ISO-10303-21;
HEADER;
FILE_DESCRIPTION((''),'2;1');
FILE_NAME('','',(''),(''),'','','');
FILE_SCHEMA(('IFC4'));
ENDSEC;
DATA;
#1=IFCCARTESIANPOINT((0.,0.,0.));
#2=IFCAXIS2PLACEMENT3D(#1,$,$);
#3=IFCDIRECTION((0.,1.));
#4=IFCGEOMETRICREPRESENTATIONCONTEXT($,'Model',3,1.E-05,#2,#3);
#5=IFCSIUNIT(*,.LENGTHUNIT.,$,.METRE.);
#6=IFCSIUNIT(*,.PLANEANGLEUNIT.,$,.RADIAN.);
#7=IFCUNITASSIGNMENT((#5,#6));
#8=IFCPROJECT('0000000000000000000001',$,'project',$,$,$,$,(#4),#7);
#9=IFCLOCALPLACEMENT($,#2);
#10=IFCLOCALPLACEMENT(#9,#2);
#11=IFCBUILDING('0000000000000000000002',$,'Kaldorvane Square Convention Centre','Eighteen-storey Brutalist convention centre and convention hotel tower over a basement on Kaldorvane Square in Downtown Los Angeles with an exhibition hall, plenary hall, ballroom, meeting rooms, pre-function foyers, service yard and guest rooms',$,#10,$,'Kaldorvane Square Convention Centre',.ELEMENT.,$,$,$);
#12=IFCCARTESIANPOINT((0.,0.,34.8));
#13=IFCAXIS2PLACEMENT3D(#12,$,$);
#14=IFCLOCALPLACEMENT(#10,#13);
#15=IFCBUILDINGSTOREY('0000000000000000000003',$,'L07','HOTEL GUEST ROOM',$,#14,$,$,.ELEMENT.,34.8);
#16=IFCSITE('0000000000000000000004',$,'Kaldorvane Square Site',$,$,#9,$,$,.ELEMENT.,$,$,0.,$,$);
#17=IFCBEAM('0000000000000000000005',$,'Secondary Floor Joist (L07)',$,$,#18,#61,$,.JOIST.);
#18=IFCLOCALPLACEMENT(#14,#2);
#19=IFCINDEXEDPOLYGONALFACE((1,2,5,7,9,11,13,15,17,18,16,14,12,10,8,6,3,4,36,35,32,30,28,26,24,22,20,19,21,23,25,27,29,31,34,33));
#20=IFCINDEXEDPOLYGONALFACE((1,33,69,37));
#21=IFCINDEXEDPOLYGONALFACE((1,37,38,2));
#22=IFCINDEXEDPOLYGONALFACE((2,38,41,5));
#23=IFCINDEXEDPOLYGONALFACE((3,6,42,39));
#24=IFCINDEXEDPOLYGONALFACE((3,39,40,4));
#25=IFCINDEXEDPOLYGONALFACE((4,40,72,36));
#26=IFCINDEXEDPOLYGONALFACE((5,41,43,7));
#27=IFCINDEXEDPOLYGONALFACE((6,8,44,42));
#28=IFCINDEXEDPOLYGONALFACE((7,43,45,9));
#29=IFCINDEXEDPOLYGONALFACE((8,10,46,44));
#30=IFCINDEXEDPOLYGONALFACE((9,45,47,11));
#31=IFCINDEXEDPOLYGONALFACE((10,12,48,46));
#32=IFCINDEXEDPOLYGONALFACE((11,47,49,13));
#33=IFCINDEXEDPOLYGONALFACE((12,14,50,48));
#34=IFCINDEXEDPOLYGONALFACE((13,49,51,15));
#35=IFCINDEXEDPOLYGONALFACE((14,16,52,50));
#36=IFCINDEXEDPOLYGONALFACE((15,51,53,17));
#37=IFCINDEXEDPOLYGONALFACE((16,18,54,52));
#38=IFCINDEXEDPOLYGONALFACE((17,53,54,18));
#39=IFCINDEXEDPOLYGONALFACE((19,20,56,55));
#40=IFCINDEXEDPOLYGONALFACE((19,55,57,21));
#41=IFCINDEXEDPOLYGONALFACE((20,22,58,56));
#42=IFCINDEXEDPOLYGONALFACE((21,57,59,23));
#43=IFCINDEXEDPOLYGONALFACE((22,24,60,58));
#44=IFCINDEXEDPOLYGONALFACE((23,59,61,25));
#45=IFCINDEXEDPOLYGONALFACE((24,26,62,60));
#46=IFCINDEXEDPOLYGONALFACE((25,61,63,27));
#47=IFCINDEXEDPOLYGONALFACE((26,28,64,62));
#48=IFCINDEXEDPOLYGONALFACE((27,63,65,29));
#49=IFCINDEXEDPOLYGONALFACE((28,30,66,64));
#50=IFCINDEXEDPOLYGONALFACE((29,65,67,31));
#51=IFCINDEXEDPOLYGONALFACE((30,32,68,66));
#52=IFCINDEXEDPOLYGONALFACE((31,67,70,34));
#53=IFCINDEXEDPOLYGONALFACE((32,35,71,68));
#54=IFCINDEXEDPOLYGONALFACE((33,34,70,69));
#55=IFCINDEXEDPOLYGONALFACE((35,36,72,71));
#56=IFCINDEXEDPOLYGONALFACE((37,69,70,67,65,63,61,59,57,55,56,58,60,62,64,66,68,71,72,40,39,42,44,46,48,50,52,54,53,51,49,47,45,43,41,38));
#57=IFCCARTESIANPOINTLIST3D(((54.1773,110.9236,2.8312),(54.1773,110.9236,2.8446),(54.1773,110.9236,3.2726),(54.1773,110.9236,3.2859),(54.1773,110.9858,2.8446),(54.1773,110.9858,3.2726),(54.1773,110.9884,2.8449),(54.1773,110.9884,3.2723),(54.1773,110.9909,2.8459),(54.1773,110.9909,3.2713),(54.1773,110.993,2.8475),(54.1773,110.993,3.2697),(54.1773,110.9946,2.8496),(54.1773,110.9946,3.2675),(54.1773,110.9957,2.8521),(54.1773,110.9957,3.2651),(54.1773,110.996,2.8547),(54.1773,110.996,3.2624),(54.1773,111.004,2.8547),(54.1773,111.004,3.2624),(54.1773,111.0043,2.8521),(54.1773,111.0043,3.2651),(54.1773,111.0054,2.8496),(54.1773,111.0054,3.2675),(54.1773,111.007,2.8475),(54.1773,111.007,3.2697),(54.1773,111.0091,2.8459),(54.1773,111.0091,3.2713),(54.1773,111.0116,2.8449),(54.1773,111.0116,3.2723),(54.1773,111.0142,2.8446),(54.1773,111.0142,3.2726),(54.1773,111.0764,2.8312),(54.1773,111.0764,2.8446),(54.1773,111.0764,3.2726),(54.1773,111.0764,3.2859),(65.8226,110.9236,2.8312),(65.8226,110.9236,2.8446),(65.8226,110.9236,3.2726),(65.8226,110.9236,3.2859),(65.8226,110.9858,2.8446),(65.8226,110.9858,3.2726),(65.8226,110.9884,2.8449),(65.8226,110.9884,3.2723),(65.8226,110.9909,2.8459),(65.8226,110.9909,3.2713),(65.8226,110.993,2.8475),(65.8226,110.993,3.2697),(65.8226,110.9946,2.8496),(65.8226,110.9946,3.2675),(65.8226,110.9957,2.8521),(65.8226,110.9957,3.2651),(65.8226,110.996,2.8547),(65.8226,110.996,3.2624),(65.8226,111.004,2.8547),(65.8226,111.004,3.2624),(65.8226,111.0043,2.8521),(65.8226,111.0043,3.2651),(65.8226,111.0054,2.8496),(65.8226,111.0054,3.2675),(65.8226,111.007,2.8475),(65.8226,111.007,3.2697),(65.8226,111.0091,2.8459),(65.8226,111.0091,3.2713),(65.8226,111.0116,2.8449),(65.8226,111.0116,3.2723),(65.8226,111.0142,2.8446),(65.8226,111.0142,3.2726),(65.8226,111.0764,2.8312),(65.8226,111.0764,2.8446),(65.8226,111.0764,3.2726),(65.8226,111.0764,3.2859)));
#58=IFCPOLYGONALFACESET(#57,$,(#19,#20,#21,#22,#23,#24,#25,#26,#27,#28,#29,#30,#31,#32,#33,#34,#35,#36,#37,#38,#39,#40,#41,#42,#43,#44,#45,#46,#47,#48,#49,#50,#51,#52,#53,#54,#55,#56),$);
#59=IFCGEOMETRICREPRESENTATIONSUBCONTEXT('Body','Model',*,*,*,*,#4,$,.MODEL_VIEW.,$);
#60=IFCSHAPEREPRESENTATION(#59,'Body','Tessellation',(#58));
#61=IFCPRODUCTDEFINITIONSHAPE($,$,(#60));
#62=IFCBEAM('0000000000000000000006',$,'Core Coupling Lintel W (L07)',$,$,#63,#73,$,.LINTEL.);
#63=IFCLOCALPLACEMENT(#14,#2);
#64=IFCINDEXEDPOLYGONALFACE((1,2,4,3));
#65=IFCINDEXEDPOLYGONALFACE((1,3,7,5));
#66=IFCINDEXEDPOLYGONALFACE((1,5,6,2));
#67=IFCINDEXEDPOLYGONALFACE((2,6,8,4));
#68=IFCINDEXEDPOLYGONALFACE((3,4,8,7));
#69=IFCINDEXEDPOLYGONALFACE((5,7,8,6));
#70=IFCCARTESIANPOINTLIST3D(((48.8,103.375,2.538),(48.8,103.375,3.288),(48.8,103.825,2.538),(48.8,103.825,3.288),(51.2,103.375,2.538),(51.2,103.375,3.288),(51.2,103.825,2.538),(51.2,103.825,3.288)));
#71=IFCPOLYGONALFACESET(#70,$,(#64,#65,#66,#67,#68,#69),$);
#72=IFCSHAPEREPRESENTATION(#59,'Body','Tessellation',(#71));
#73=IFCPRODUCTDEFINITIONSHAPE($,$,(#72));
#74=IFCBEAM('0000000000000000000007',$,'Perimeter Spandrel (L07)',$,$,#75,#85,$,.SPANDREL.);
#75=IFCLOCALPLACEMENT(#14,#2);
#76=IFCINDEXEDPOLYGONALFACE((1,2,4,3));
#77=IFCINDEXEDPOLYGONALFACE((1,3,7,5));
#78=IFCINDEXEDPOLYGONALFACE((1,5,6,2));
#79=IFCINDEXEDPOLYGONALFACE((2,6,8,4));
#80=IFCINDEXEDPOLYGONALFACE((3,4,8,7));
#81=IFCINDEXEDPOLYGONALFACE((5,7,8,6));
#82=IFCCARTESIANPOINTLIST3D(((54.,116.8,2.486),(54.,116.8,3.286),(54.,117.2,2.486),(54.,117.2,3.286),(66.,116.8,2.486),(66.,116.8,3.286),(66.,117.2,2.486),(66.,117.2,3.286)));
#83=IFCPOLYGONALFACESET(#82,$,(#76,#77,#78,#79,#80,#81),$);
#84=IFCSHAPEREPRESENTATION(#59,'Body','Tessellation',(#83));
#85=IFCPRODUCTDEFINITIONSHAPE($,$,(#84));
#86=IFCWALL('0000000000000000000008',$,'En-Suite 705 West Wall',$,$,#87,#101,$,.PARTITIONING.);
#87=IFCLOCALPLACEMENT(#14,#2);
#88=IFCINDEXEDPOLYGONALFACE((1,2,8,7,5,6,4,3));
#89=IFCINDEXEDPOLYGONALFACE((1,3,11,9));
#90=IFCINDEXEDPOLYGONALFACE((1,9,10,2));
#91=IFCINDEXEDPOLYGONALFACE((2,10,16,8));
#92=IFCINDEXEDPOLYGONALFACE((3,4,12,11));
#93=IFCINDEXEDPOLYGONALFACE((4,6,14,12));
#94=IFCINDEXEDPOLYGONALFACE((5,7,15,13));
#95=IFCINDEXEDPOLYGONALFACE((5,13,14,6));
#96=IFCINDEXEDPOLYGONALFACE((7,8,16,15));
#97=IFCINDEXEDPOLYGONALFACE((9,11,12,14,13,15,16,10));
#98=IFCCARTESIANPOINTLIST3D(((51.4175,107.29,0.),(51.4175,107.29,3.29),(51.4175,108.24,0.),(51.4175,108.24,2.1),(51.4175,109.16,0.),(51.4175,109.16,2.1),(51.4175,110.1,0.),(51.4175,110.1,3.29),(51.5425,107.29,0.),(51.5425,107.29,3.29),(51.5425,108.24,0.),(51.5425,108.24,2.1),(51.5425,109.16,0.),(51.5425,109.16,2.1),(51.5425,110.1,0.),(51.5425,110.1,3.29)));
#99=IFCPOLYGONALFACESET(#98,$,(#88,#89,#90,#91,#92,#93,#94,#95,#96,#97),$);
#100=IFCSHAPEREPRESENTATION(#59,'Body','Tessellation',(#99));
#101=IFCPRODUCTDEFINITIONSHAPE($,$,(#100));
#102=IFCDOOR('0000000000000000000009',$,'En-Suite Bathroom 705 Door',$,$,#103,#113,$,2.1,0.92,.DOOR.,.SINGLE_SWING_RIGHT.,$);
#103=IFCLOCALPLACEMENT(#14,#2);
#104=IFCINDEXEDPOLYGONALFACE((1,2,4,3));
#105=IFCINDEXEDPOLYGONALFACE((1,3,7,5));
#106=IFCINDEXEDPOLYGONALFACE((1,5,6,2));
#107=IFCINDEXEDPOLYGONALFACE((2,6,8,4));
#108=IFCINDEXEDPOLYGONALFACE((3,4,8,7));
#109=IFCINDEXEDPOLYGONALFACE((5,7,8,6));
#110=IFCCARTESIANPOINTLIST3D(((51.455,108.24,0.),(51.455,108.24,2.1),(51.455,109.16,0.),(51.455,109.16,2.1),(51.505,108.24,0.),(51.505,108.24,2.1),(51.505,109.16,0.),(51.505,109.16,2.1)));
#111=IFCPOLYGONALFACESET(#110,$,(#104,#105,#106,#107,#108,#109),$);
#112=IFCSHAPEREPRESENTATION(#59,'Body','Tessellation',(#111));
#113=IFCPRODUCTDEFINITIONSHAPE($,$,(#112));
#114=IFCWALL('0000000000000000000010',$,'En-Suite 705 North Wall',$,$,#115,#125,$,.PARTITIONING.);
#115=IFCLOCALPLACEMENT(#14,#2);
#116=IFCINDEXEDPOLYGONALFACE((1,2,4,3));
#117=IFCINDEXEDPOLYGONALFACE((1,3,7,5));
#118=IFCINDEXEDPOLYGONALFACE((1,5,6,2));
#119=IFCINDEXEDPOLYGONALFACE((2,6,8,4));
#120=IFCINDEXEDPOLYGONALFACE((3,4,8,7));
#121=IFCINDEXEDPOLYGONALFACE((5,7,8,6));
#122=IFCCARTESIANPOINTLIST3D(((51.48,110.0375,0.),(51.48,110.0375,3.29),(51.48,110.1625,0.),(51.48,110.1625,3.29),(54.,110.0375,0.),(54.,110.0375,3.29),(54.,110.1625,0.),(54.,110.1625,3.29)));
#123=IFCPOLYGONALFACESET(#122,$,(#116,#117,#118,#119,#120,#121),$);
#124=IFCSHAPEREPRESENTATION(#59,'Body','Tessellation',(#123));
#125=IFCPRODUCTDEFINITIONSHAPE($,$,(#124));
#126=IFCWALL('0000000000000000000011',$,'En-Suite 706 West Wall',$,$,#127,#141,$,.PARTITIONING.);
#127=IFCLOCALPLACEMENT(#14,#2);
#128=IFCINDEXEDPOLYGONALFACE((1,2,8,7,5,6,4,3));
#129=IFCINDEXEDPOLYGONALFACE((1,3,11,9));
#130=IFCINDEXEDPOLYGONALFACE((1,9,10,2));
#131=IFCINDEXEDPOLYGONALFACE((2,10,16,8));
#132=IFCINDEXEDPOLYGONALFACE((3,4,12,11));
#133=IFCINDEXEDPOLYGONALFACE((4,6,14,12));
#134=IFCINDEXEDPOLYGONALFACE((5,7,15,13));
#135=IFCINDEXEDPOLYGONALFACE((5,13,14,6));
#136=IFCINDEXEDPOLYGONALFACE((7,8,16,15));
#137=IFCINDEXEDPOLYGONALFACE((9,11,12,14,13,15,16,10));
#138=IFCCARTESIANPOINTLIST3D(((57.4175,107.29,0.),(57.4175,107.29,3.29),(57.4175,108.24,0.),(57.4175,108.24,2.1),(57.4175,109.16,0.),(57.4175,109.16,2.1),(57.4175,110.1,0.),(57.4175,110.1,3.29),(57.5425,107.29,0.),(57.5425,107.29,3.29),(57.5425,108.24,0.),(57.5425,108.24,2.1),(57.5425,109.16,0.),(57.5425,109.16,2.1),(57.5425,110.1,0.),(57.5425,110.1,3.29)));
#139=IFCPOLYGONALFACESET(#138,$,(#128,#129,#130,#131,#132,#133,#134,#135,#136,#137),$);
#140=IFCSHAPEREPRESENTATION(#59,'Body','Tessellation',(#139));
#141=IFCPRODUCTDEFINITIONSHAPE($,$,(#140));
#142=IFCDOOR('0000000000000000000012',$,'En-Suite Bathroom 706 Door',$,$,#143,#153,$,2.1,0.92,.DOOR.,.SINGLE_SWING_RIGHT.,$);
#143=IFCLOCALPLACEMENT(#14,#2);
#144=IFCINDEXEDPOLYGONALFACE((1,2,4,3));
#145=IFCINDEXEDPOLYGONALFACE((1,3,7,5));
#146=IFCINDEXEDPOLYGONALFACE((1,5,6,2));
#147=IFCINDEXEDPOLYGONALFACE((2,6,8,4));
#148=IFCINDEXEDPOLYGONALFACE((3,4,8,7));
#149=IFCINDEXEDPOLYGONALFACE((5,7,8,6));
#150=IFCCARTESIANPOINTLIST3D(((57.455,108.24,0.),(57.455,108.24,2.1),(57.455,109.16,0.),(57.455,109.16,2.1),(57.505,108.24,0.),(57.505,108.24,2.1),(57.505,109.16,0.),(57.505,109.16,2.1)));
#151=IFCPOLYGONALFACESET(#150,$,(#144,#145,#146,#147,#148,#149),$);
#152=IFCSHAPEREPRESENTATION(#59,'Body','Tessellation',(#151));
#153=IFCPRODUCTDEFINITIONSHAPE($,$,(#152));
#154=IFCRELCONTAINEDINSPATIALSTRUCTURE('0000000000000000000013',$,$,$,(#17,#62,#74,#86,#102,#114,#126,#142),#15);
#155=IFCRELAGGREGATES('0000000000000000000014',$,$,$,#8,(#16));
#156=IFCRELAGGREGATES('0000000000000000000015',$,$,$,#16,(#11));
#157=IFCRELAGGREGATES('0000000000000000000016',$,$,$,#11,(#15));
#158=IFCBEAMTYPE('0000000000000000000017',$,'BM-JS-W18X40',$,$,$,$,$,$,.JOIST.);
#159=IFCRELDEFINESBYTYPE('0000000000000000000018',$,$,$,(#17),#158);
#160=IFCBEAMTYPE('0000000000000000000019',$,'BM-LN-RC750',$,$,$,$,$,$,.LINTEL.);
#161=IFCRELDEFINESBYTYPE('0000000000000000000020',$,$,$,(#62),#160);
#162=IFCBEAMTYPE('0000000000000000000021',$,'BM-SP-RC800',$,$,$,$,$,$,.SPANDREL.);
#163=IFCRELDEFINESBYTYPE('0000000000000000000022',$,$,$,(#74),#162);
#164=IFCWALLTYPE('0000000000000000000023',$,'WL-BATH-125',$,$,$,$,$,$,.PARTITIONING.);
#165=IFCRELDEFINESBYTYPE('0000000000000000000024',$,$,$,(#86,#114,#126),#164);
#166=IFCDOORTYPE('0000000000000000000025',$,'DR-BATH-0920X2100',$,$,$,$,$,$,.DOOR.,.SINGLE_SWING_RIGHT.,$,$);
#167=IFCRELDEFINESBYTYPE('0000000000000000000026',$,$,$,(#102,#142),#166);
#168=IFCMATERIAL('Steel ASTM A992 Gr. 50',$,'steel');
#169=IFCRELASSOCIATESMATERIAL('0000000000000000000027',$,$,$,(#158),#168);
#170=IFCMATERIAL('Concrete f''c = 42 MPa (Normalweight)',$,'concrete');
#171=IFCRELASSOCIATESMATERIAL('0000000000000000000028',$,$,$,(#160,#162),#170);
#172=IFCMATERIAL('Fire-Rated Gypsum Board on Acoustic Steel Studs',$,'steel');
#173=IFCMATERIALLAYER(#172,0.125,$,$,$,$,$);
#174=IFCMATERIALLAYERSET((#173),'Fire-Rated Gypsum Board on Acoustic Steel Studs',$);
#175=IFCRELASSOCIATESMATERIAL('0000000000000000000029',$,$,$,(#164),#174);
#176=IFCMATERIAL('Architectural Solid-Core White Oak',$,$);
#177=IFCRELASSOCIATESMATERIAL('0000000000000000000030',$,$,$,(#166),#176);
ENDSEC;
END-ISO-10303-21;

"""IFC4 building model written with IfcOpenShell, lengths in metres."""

from ifc_helpers import new_model, si_unit, direction, frame, frame_2d, origin, origin_2d, place, context, subcontext, project, spatial, rectangle, i_section, extrude, material, layer, layer_set, material_profile, profile_set, type_object, element, fill, save


model = new_model("IFC4")

# Units and contexts
model_context = context("Model", 3, precision=1e-05, world=origin(), true_north=direction((0.0, 1.0)))
body_context = subcontext(model_context, "Body", "Model", "MODEL_VIEW")
ifc_project = project(units=[si_unit("LENGTHUNIT", "METRE"), si_unit("PLANEANGLEUNIT", "RADIAN")], contexts=[model_context])

# Site, building, storey
site_placement = place(None, origin())
site = spatial("IfcSite", under=ifc_project, at=site_placement, Name="Kaldorvane Square Site", CompositionType="ELEMENT", RefElevation=0.0)
building_placement = place(site_placement, origin())
building = spatial("IfcBuilding", under=site, at=building_placement, Name="Kaldorvane Square Convention Centre", Description="Eighteen-storey Brutalist convention centre and convention hotel tower over a basement on Kaldorvane Square in Downtown Los Angeles with an exhibition hall, plenary hall, ballroom, meeting rooms, pre-function foyers, service yard and guest rooms", LongName="Kaldorvane Square Convention Centre", CompositionType="ELEMENT")
storey_placement = place(building_placement, frame((0.0, 0.0, 34.8)))
storey = spatial("IfcBuildingStorey", under=building, at=storey_placement, Name="L07", Description="HOTEL GUEST ROOM", CompositionType="ELEMENT", Elevation=34.8)

# Shared definitions
ifc_material_1 = material(Name="Steel ASTM A992 Gr. 50", Category="steel")

# Beams
ifc_material_profile_1 = material_profile(ifc_material_1, i_section(OverallWidth=0.1528, OverallDepth=0.4547, WebThickness=0.008, FlangeThickness=0.0133, FilletRadius=0.0102, at=origin_2d()), Name="W18X40")
ifc_profile_set_1 = profile_set([ifc_material_profile_1], Name="Steel ASTM A992 Gr. 50")
beam_type_1 = type_object("IfcBeamType", Name="BM-JS-W18X40", PredefinedType="JOIST", material=ifc_profile_set_1)
beam_1_placement = place(storey_placement, frame((54.1773, 111.0, 3.0586), z_axis=(1.0, 0.0, 0.0), x_axis=(0.0, 1.0, 0.0)))
element("IfcBeam", 1, at=beam_1_placement, inside=storey, type_object=beam_type_1, Name="Secondary Floor Joist (L07)", PredefinedType="JOIST", context=body_context, shape_type="SweptSolid", body=[
    extrude(i_section(OverallWidth=0.1528, OverallDepth=0.4547, WebThickness=0.008, FlangeThickness=0.0133, FilletRadius=0.0102, at=origin_2d()), origin(), (0.0, 0.0, 1.0), 11.6453),
])
ifc_material_2 = material(Name="Concrete f'c = 42 MPa (Normalweight)", Category="concrete")
ifc_material_profile_2 = material_profile(ifc_material_2, rectangle(XDim=0.45, YDim=0.75, at=origin_2d()), Name="RCLN750X450")
ifc_profile_set_2 = profile_set([ifc_material_profile_2], Name="Concrete f'c = 42 MPa (Normalweight)")
beam_type_2 = type_object("IfcBeamType", Name="BM-LN-RC750", PredefinedType="LINTEL", material=ifc_profile_set_2)
beam_2_placement = place(storey_placement, frame((48.8, 103.6, 2.913), z_axis=(1.0, 0.0, 0.0), x_axis=(0.0, 1.0, 0.0)))
element("IfcBeam", 2, at=beam_2_placement, inside=storey, type_object=beam_type_2, Name="Core Coupling Lintel W (L07)", PredefinedType="LINTEL", context=body_context, shape_type="SweptSolid", body=[
    extrude(rectangle(XDim=0.45, YDim=0.75, at=origin_2d()), origin(), (0.0, 0.0, 1.0), 2.4),
])
ifc_material_profile_3 = material_profile(ifc_material_2, rectangle(XDim=0.4, YDim=0.8, at=origin_2d()), Name="RCSP800X400")
ifc_profile_set_3 = profile_set([ifc_material_profile_3], Name="Concrete f'c = 42 MPa (Normalweight)")
beam_type_3 = type_object("IfcBeamType", Name="BM-SP-RC800", PredefinedType="SPANDREL", material=ifc_profile_set_3)
beam_3_placement = place(storey_placement, frame((54.0, 117.0, 2.886), z_axis=(1.0, 0.0, 0.0), x_axis=(0.0, 1.0, 0.0)))
element("IfcBeam", 3, at=beam_3_placement, inside=storey, type_object=beam_type_3, Name="Perimeter Spandrel (L07)", PredefinedType="SPANDREL", context=body_context, shape_type="SweptSolid", body=[
    extrude(rectangle(XDim=0.4, YDim=0.8, at=origin_2d()), origin(), (0.0, 0.0, 1.0), 12.0),
])

# Wall, opening, door
ifc_material_3 = material(Name="Fire-Rated Gypsum Board on Acoustic Steel Studs", Category="steel")
ifc_layer_1 = layer(ifc_material_3, 0.125)
ifc_layer_set_1 = layer_set([ifc_layer_1], Name="Fire-Rated Gypsum Board on Acoustic Steel Studs")
wall_type_1 = type_object("IfcWallType", Name="WL-BATH-125", PredefinedType="PARTITIONING", material=ifc_layer_set_1)
wall_1_placement = place(storey_placement, frame((51.48, 107.29, 0.0), z_axis=(0.0, 0.0, 1.0), x_axis=(0.0, 1.0, 0.0)))
wall_1 = element("IfcWall", 4, at=wall_1_placement, inside=storey, type_object=wall_type_1, Name="En-Suite 705 West Wall", PredefinedType="PARTITIONING", context=body_context, shape_type="SweptSolid", body=[
    extrude(rectangle(XDim=2.81, YDim=0.125, at=frame_2d((1.405, 0.0))), origin(), (0.0, 0.0, 1.0), 3.29),
])
opening_1_placement = place(wall_1_placement, frame((0.95, 0.0, 0.0)))
opening_1 = element("IfcOpeningElement", 5, at=opening_1_placement, cuts=wall_1, PredefinedType="OPENING", context=body_context, shape_type="SweptSolid", body=[
    extrude(rectangle(XDim=0.92, YDim=2.1, at=frame_2d((0.46, 1.05))), frame((0.0, 0.0775, 0.0), z_axis=(0.0, -1.0, 0.0), x_axis=(1.0, 0.0, 0.0)), (0.0, 0.0, 1.0), 0.155),
])
ifc_material_4 = material(Name="Architectural Solid-Core White Oak")
door_type_1 = type_object("IfcDoorType", Name="DR-BATH-0920X2100", OperationType="SINGLE_SWING_RIGHT", PredefinedType="DOOR", material=ifc_material_4)
door_1_placement = place(opening_1_placement, origin())
door_1 = element("IfcDoor", 6, at=door_1_placement, inside=storey, type_object=door_type_1, Name="En-Suite Bathroom 705 Door", OperationType="SINGLE_SWING_RIGHT", OverallHeight=2.1, OverallWidth=0.92, PredefinedType="DOOR", context=body_context, shape_type="SweptSolid", body=[
    extrude(rectangle(XDim=0.92, YDim=2.1, at=frame_2d((0.46, 1.05))), frame((0.0, 0.025, 0.0), z_axis=(0.0, -1.0, 0.0), x_axis=(1.0, 0.0, 0.0)), (0.0, 0.0, 1.0), 0.05),
])
fill(opening_1, door_1)

# Wall
wall_2_placement = place(storey_placement, frame((51.48, 110.1, 0.0), z_axis=(0.0, 0.0, 1.0), x_axis=(1.0, 0.0, 0.0)))
element("IfcWall", 7, at=wall_2_placement, inside=storey, type_object=wall_type_1, Name="En-Suite 705 North Wall", PredefinedType="PARTITIONING", context=body_context, shape_type="SweptSolid", body=[
    extrude(rectangle(XDim=2.52, YDim=0.125, at=frame_2d((1.26, 0.0))), origin(), (0.0, 0.0, 1.0), 3.29),
])

# Wall, opening, door
wall_3_placement = place(storey_placement, frame((57.48, 107.29, 0.0), z_axis=(0.0, 0.0, 1.0), x_axis=(0.0, 1.0, 0.0)))
wall_3 = element("IfcWall", 8, at=wall_3_placement, inside=storey, type_object=wall_type_1, Name="En-Suite 706 West Wall", PredefinedType="PARTITIONING", context=body_context, shape_type="SweptSolid", body=[
    extrude(rectangle(XDim=2.81, YDim=0.125, at=frame_2d((1.405, 0.0))), origin(), (0.0, 0.0, 1.0), 3.29),
])
opening_2_placement = place(wall_3_placement, frame((0.95, 0.0, 0.0)))
opening_2 = element("IfcOpeningElement", 9, at=opening_2_placement, cuts=wall_3, PredefinedType="OPENING", context=body_context, shape_type="SweptSolid", body=[
    extrude(rectangle(XDim=0.92, YDim=2.1, at=frame_2d((0.46, 1.05))), frame((0.0, 0.0775, 0.0), z_axis=(0.0, -1.0, 0.0), x_axis=(1.0, 0.0, 0.0)), (0.0, 0.0, 1.0), 0.155),
])
door_2_placement = place(opening_2_placement, origin())
door_2 = element("IfcDoor", 10, at=door_2_placement, inside=storey, type_object=door_type_1, Name="En-Suite Bathroom 706 Door", OperationType="SINGLE_SWING_RIGHT", OverallHeight=2.1, OverallWidth=0.92, PredefinedType="DOOR", context=body_context, shape_type="SweptSolid", body=[
    extrude(rectangle(XDim=0.92, YDim=2.1, at=frame_2d((0.46, 1.05))), frame((0.0, 0.025, 0.0), z_axis=(0.0, -1.0, 0.0), x_axis=(1.0, 0.0, 0.0)), (0.0, 0.0, 1.0), 0.05),
])
fill(opening_2, door_2)

save(model, "model.ifc")
